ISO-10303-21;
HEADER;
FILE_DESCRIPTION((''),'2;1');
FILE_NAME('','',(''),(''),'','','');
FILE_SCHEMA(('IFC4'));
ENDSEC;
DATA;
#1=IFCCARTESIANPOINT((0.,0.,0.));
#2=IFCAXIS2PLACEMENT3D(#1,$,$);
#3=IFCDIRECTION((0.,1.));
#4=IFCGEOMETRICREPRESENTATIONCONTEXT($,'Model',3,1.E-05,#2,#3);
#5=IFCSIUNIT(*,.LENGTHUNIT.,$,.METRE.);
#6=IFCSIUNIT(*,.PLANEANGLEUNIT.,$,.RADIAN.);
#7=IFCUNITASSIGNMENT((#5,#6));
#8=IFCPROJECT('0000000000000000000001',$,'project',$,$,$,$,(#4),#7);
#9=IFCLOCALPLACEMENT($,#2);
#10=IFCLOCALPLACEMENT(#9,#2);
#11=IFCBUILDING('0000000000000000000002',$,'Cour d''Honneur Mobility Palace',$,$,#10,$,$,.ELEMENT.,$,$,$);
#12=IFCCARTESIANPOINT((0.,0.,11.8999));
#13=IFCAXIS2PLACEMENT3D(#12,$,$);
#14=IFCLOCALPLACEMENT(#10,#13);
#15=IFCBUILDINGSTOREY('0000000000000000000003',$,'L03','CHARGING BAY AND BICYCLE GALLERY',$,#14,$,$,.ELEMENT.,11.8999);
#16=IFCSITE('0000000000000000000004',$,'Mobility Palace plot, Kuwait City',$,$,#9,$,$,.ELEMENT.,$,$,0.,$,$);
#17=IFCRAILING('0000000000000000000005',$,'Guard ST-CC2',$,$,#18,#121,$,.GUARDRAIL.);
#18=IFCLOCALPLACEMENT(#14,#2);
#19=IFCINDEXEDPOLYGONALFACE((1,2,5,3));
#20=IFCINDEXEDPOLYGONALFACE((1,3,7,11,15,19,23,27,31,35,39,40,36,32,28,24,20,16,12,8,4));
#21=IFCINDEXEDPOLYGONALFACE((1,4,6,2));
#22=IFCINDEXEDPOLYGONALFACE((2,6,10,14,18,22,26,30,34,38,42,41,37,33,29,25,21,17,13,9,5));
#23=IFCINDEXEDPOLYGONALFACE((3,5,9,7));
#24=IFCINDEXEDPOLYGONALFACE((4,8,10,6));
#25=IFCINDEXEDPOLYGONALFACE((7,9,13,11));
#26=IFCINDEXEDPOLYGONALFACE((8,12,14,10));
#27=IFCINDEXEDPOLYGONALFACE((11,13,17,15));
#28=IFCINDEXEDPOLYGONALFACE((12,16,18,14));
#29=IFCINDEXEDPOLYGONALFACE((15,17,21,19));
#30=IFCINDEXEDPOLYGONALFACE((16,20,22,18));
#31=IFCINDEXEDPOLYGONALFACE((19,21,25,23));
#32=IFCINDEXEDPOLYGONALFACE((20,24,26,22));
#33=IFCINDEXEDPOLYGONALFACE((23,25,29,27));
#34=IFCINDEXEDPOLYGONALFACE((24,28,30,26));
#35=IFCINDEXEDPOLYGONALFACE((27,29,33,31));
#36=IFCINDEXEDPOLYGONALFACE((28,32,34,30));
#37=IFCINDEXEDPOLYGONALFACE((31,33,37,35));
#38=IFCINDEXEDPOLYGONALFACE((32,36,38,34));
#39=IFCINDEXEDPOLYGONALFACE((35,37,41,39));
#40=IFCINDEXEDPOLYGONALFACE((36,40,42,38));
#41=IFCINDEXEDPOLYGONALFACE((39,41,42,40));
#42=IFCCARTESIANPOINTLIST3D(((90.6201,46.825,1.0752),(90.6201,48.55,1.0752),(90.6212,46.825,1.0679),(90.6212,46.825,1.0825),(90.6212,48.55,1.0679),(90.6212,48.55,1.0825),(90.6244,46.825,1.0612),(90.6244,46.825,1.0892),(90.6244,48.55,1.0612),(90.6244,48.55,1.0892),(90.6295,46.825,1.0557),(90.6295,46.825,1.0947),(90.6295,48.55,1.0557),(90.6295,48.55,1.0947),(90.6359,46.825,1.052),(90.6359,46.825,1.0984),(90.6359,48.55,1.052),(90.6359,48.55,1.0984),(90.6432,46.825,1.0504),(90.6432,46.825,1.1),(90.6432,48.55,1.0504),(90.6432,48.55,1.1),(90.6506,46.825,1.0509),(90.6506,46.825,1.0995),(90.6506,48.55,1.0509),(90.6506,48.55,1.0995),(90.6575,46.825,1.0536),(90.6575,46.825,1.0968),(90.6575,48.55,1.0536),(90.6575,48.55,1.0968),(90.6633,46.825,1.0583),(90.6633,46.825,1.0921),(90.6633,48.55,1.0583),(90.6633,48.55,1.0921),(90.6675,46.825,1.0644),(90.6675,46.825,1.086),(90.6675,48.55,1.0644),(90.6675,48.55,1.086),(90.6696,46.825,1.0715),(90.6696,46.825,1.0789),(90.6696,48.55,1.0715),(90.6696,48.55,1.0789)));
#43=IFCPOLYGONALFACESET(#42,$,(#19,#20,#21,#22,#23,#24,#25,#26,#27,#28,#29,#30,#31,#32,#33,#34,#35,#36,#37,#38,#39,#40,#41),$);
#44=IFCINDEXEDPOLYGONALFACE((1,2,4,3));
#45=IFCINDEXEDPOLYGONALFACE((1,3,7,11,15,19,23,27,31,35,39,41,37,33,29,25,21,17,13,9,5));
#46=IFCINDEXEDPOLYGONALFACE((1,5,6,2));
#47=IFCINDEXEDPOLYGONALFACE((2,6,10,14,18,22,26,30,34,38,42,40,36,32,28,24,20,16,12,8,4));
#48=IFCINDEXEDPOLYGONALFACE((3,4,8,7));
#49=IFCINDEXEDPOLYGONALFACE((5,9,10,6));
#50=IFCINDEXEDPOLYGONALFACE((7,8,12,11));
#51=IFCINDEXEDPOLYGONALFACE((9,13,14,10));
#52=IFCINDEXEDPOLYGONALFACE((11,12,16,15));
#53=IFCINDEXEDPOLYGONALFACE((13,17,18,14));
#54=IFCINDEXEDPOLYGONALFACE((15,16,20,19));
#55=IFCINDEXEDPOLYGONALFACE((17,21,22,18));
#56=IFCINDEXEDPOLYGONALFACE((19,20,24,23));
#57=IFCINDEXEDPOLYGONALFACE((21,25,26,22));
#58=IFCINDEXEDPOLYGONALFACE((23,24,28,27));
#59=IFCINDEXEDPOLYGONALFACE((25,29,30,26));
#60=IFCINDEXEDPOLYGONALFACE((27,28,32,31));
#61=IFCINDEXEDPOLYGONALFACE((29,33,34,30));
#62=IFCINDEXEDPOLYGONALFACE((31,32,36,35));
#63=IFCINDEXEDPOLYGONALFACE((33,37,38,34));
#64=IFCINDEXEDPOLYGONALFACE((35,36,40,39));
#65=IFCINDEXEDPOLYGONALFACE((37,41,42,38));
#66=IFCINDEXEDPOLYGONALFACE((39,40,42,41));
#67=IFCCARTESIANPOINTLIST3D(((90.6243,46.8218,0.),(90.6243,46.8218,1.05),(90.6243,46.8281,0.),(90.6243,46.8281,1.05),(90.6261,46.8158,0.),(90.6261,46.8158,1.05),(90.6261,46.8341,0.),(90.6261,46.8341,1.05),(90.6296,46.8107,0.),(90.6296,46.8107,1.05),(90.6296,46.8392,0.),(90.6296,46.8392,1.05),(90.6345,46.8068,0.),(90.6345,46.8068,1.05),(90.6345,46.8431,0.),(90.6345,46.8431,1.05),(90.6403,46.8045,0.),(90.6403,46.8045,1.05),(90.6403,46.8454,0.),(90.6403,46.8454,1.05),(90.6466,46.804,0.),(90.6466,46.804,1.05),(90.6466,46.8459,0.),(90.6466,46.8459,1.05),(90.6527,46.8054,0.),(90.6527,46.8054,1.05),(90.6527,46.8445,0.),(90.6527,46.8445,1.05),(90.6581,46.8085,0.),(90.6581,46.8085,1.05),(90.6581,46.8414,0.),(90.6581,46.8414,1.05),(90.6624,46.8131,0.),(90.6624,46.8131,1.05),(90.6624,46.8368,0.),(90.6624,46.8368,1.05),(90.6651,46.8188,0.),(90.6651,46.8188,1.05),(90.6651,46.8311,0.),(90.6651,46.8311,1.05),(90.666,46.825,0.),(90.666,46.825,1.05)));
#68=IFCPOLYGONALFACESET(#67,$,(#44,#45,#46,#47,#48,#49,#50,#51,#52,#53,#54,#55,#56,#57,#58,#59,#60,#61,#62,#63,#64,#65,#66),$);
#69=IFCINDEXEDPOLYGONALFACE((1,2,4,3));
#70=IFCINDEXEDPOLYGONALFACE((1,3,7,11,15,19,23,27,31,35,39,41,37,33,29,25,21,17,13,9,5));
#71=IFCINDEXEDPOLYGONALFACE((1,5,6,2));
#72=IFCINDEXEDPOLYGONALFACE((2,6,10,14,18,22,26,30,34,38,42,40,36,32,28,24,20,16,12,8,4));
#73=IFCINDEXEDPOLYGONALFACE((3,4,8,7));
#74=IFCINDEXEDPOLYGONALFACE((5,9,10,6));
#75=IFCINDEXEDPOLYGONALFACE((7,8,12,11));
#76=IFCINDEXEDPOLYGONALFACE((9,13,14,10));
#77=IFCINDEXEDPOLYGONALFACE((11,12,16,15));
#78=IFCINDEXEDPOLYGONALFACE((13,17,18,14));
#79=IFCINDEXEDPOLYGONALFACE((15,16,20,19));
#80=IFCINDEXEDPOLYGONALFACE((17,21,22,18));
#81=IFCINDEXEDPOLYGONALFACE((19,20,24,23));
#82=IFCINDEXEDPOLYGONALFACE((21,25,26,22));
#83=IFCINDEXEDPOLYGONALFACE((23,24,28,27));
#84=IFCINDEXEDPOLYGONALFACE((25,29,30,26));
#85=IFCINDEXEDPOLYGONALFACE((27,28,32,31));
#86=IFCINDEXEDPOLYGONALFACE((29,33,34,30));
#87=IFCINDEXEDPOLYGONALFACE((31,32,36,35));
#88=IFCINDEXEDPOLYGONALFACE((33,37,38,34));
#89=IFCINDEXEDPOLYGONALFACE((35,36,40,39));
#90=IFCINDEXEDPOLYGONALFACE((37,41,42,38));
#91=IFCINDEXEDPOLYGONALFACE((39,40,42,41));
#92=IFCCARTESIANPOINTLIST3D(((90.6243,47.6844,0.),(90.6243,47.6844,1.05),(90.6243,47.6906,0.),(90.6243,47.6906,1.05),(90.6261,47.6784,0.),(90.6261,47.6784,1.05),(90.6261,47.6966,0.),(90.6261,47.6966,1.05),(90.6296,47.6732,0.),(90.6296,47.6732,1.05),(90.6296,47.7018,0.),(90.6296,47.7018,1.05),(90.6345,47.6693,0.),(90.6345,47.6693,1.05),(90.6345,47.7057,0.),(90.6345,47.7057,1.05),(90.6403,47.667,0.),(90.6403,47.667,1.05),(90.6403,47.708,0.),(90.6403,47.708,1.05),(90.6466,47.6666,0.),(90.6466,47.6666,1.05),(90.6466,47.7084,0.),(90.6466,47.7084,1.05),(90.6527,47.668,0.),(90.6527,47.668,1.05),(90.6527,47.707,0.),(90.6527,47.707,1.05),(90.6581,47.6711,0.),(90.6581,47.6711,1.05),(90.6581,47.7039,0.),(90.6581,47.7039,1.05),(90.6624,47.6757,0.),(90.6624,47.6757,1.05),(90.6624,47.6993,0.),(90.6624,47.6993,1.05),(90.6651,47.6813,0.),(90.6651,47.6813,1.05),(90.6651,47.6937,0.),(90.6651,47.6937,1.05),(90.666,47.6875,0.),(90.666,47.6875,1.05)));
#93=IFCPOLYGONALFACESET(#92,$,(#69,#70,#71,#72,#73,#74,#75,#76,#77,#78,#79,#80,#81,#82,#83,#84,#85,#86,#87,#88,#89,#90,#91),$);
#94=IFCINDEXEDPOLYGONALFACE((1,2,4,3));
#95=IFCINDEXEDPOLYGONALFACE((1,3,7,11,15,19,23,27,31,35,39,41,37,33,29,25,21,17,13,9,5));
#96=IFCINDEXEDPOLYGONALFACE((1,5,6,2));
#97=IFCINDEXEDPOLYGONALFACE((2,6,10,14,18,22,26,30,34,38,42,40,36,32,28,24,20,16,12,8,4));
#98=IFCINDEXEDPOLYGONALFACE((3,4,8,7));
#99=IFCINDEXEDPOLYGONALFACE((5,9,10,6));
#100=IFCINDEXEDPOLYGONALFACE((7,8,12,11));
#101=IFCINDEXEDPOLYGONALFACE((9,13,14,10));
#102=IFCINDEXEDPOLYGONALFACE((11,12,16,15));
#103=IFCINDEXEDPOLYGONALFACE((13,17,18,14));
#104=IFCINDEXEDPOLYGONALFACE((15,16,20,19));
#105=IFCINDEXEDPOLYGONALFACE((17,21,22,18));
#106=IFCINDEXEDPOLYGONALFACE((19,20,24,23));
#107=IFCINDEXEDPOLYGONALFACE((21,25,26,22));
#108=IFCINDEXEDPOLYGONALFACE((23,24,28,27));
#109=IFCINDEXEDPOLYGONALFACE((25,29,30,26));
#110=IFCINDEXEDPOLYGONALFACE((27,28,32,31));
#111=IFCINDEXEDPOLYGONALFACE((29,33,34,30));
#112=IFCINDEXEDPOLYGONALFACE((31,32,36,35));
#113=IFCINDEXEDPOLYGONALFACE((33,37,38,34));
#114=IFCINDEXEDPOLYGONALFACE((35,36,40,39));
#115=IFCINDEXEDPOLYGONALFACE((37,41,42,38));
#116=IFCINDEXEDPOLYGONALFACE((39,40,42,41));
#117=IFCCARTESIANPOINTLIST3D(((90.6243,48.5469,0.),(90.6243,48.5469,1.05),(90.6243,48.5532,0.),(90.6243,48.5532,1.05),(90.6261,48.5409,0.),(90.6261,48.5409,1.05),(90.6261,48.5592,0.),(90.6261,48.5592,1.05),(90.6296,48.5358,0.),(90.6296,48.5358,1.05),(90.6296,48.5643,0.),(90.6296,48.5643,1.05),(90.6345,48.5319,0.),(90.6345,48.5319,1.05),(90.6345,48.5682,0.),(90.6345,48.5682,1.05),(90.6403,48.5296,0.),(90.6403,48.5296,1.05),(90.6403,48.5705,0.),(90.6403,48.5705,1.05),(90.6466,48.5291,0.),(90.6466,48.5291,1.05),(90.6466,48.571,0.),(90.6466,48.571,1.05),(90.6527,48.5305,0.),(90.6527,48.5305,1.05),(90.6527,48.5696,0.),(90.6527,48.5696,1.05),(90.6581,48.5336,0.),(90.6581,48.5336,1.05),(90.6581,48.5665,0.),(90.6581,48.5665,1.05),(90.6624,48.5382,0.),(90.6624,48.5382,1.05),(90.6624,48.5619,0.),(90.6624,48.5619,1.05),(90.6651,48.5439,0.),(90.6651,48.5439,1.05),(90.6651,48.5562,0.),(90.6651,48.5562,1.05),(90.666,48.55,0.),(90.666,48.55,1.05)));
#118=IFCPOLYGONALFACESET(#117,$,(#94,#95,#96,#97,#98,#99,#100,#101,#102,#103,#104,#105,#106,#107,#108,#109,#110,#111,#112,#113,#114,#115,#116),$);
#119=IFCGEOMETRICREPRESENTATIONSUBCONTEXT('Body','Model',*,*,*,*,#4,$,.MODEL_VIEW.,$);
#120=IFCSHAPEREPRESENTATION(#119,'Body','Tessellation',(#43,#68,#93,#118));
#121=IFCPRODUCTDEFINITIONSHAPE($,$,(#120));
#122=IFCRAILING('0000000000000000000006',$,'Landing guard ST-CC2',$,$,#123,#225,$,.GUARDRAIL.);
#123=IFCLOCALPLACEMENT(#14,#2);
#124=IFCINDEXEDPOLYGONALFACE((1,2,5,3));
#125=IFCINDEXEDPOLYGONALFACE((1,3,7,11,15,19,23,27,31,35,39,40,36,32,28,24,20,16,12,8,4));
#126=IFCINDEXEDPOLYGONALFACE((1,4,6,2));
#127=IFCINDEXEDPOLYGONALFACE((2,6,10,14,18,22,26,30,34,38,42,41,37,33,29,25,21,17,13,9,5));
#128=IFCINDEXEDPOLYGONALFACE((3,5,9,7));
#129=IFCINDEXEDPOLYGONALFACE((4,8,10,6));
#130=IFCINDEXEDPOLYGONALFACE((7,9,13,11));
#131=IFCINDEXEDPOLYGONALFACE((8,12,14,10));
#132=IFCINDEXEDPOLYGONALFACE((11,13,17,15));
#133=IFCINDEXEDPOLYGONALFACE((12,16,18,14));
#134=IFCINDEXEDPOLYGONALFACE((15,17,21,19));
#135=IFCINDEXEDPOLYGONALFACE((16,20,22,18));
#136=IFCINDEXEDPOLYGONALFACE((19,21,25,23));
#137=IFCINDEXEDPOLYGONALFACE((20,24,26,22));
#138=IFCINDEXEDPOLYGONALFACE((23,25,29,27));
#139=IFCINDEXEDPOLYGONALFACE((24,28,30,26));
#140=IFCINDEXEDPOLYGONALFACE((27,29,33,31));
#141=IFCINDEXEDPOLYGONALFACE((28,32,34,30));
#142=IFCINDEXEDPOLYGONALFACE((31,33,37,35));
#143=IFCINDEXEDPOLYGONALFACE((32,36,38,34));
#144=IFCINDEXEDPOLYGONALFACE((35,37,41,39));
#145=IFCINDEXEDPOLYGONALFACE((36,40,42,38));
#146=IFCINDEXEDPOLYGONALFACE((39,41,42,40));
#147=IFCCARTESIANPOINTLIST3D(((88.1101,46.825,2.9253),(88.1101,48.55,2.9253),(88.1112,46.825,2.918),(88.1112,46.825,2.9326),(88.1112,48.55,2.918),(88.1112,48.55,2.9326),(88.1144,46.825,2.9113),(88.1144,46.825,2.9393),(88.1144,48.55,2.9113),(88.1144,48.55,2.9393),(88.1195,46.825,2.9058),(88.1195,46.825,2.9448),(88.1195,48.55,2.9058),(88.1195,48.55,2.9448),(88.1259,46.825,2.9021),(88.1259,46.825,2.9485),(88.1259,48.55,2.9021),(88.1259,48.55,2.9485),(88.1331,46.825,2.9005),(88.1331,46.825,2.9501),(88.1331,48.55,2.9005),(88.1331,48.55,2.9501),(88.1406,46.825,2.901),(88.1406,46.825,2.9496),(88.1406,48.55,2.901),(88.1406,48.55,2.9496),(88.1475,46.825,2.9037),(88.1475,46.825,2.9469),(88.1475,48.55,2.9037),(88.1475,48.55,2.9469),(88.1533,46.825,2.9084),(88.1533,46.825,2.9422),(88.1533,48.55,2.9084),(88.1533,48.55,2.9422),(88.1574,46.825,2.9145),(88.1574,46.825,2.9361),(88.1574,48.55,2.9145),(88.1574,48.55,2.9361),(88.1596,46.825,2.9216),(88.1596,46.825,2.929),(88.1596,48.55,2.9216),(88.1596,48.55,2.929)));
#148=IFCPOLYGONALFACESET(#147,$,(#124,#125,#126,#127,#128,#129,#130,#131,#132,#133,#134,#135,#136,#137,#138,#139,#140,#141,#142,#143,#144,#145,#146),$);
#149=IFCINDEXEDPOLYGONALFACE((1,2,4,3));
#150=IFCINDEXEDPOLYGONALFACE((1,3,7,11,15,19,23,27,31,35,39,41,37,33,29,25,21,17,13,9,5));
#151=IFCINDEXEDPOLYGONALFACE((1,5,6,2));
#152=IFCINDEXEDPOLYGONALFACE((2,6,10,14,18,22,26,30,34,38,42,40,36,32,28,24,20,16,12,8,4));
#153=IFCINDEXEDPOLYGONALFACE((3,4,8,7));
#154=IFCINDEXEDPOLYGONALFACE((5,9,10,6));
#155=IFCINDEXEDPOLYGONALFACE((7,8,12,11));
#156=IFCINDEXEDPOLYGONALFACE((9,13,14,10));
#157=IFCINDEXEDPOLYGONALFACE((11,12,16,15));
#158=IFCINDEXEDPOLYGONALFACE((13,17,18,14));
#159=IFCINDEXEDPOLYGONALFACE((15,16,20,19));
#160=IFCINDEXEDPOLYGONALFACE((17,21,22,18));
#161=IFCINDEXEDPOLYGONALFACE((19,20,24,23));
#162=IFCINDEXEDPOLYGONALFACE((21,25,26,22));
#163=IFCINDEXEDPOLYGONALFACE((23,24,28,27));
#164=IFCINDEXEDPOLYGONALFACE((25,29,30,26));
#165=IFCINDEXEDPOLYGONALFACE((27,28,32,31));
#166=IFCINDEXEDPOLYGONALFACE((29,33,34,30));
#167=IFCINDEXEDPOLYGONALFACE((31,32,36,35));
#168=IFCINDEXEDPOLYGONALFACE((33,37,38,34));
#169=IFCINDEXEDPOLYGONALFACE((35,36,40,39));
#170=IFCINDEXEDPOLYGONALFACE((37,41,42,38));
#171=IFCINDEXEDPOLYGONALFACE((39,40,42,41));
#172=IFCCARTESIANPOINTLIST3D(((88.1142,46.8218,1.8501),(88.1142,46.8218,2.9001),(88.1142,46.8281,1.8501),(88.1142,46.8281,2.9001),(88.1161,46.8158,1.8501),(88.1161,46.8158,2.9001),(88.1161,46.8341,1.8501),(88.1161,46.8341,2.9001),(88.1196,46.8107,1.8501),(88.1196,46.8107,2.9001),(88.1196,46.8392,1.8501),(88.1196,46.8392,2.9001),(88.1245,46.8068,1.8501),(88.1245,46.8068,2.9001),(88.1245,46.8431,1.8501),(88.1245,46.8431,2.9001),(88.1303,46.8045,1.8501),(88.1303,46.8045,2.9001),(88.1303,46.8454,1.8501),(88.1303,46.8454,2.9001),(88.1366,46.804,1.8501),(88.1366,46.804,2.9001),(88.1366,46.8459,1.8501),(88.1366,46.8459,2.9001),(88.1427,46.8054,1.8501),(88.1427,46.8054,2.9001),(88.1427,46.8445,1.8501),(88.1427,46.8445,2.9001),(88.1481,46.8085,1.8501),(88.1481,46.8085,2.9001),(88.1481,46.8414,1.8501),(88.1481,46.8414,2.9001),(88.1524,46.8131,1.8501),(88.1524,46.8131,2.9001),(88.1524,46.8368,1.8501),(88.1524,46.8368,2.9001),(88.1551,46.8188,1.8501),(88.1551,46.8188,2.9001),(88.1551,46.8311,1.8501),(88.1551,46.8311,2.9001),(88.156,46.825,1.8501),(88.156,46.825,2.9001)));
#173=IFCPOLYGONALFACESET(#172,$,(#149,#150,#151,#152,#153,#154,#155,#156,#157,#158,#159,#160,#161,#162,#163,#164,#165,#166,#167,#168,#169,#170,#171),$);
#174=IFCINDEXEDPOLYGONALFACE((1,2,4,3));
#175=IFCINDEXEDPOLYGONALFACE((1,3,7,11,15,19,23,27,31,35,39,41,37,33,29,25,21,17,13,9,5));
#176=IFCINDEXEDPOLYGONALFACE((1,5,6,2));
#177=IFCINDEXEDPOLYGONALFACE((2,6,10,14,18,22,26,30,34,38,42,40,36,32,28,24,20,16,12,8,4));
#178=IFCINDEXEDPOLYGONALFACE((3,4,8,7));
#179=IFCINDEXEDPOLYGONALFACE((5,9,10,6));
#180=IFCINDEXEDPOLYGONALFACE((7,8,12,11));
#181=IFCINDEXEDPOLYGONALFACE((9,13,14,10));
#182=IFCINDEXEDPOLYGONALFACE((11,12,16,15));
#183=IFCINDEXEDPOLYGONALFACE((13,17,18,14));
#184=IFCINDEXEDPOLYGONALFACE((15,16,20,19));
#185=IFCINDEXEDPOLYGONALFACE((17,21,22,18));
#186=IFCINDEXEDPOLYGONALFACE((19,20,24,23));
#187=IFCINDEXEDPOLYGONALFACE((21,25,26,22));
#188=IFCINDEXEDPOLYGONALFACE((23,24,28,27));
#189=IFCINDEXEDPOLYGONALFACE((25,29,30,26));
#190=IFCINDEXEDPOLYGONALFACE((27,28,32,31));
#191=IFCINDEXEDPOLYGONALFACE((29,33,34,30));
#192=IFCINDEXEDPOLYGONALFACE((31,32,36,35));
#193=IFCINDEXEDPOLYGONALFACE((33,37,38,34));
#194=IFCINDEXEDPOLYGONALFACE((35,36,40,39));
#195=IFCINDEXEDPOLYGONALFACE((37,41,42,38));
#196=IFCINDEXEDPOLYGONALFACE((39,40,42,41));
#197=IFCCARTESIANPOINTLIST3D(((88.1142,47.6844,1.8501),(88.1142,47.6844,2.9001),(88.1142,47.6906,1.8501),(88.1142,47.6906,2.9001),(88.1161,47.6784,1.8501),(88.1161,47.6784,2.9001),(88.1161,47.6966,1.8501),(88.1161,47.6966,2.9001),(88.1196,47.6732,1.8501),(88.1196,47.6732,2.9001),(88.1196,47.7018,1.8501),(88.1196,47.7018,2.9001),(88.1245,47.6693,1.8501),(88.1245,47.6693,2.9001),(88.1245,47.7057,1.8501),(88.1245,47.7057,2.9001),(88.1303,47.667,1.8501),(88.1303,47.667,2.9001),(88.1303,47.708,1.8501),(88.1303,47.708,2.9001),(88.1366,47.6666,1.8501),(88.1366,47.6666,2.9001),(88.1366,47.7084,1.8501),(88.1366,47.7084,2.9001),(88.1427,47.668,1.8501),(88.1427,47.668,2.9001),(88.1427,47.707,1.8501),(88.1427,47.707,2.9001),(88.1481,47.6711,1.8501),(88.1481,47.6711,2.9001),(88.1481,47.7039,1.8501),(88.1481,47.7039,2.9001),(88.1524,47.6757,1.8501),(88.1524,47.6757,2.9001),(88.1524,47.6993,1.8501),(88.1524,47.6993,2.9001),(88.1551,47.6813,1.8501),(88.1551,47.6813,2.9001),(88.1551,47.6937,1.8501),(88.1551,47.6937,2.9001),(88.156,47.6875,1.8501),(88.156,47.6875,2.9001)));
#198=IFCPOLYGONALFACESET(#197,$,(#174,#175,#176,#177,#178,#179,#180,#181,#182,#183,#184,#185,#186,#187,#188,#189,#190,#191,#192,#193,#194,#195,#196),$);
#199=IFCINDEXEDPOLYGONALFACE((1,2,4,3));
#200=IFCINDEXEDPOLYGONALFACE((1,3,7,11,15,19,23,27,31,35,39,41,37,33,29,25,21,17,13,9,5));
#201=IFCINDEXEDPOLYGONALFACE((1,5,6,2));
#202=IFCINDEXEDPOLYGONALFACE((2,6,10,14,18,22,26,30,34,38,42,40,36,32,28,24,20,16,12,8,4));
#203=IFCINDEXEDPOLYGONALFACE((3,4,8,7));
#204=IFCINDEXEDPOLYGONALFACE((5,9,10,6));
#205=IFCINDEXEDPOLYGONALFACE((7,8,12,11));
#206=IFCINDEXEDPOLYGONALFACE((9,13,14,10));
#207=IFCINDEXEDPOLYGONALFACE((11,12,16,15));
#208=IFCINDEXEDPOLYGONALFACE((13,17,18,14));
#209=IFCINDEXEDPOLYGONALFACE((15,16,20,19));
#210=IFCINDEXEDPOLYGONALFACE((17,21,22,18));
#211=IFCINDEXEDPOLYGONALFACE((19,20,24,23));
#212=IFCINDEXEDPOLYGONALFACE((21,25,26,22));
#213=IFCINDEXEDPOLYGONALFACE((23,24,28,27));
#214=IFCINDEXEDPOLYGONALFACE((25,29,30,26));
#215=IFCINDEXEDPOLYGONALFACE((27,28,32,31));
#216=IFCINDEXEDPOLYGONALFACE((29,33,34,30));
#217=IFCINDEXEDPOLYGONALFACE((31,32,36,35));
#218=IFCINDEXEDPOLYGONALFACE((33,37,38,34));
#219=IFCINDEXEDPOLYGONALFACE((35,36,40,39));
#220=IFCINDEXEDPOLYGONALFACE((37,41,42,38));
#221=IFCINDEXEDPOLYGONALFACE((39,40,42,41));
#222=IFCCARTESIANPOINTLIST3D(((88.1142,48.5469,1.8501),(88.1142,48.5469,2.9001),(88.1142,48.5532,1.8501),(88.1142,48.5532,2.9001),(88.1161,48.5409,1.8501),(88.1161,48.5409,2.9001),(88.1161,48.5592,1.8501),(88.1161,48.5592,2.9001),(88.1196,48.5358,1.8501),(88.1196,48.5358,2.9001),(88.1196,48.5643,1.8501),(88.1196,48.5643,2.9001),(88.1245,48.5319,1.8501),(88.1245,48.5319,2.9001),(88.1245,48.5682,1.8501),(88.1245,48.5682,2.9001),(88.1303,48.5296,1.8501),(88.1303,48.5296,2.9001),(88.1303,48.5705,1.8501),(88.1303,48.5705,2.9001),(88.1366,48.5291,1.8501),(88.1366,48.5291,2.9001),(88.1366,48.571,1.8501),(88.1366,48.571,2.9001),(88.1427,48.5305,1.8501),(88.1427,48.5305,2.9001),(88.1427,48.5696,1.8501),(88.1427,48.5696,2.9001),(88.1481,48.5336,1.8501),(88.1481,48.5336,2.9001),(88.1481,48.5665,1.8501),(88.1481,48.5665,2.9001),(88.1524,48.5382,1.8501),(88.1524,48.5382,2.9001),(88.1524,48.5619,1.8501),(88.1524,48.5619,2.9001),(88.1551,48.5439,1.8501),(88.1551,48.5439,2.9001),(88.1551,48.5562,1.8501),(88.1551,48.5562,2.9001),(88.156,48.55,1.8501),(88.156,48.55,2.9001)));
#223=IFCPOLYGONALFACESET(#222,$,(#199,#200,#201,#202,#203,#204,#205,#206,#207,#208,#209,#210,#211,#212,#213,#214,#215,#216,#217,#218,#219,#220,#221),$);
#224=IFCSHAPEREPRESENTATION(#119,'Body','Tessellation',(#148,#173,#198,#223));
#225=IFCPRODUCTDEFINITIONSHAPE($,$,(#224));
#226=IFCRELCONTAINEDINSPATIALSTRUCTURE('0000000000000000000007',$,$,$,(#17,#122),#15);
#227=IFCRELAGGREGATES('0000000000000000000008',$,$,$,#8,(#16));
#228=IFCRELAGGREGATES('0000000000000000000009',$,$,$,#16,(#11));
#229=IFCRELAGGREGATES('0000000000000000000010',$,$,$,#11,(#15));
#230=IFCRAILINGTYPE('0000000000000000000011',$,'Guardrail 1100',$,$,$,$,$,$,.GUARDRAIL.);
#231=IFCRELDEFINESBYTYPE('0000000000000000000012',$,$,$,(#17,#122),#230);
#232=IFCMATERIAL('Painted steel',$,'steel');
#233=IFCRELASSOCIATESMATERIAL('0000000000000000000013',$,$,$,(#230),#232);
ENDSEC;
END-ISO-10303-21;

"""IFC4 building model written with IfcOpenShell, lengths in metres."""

from ifc_helpers import new_model, si_unit, direction, frame, origin, origin_2d, place, context, subcontext, project, spatial, circle, extrude, material, type_object, element, save


model = new_model("IFC4")

# Units and contexts
model_context = context("Model", 3, precision=1e-05, world=origin(), true_north=direction((0.0, 1.0)))
body_context = subcontext(model_context, "Body", "Model", "MODEL_VIEW")
ifc_project = project(units=[si_unit("LENGTHUNIT", "METRE"), si_unit("PLANEANGLEUNIT", "RADIAN")], contexts=[model_context])

# Site, building, storey
site_placement = place(None, origin())
site = spatial("IfcSite", under=ifc_project, at=site_placement, Name="Mobility Palace plot, Kuwait City", CompositionType="ELEMENT", RefElevation=0.0)
building_placement = place(site_placement, origin())
building = spatial("IfcBuilding", under=site, at=building_placement, Name="Cour d'Honneur Mobility Palace", CompositionType="ELEMENT")
storey_placement = place(building_placement, frame((0.0, 0.0, 11.8999)))
storey = spatial("IfcBuildingStorey", under=building, at=storey_placement, Name="L03", Description="CHARGING BAY AND BICYCLE GALLERY", CompositionType="ELEMENT", Elevation=11.8999)

# Railings
ifc_material_1 = material(Name="Painted steel", Category="steel")
railing_type_1 = type_object("IfcRailingType", Name="Guardrail 1100", PredefinedType="GUARDRAIL", material=ifc_material_1)
for number, where, name in (
    (1, (90.645, 46.825, 0.0), "Guard ST-CC2"),
    (2, (88.135, 46.825, 1.8501), "Landing guard ST-CC2"),
):
    element("IfcRailing", number, at=place(storey_placement, frame(where)), inside=storey, type_object=railing_type_1, Name=name, PredefinedType="GUARDRAIL", context=body_context, shape_type="SweptSolid", body=[
        extrude(circle(Radius=0.0249, at=origin_2d()), frame((0.0, 0.0, 1.0752), z_axis=(0.0, 1.0, 0.0), x_axis=(-1.0, 0.0, 0.0)), (0.0, 0.0, 1.0), 1.7251),
        extrude(circle(Radius=0.021, at=origin_2d()), origin(), (0.0, 0.0, 1.0), 1.05),
        extrude(circle(Radius=0.021, at=origin_2d()), frame((0.0, 0.8625, 0.0)), (0.0, 0.0, 1.0), 1.05),
        extrude(circle(Radius=0.021, at=origin_2d()), frame((0.0, 1.7251, 0.0)), (0.0, 0.0, 1.0), 1.05),
    ])

save(model, "model.ifc")
